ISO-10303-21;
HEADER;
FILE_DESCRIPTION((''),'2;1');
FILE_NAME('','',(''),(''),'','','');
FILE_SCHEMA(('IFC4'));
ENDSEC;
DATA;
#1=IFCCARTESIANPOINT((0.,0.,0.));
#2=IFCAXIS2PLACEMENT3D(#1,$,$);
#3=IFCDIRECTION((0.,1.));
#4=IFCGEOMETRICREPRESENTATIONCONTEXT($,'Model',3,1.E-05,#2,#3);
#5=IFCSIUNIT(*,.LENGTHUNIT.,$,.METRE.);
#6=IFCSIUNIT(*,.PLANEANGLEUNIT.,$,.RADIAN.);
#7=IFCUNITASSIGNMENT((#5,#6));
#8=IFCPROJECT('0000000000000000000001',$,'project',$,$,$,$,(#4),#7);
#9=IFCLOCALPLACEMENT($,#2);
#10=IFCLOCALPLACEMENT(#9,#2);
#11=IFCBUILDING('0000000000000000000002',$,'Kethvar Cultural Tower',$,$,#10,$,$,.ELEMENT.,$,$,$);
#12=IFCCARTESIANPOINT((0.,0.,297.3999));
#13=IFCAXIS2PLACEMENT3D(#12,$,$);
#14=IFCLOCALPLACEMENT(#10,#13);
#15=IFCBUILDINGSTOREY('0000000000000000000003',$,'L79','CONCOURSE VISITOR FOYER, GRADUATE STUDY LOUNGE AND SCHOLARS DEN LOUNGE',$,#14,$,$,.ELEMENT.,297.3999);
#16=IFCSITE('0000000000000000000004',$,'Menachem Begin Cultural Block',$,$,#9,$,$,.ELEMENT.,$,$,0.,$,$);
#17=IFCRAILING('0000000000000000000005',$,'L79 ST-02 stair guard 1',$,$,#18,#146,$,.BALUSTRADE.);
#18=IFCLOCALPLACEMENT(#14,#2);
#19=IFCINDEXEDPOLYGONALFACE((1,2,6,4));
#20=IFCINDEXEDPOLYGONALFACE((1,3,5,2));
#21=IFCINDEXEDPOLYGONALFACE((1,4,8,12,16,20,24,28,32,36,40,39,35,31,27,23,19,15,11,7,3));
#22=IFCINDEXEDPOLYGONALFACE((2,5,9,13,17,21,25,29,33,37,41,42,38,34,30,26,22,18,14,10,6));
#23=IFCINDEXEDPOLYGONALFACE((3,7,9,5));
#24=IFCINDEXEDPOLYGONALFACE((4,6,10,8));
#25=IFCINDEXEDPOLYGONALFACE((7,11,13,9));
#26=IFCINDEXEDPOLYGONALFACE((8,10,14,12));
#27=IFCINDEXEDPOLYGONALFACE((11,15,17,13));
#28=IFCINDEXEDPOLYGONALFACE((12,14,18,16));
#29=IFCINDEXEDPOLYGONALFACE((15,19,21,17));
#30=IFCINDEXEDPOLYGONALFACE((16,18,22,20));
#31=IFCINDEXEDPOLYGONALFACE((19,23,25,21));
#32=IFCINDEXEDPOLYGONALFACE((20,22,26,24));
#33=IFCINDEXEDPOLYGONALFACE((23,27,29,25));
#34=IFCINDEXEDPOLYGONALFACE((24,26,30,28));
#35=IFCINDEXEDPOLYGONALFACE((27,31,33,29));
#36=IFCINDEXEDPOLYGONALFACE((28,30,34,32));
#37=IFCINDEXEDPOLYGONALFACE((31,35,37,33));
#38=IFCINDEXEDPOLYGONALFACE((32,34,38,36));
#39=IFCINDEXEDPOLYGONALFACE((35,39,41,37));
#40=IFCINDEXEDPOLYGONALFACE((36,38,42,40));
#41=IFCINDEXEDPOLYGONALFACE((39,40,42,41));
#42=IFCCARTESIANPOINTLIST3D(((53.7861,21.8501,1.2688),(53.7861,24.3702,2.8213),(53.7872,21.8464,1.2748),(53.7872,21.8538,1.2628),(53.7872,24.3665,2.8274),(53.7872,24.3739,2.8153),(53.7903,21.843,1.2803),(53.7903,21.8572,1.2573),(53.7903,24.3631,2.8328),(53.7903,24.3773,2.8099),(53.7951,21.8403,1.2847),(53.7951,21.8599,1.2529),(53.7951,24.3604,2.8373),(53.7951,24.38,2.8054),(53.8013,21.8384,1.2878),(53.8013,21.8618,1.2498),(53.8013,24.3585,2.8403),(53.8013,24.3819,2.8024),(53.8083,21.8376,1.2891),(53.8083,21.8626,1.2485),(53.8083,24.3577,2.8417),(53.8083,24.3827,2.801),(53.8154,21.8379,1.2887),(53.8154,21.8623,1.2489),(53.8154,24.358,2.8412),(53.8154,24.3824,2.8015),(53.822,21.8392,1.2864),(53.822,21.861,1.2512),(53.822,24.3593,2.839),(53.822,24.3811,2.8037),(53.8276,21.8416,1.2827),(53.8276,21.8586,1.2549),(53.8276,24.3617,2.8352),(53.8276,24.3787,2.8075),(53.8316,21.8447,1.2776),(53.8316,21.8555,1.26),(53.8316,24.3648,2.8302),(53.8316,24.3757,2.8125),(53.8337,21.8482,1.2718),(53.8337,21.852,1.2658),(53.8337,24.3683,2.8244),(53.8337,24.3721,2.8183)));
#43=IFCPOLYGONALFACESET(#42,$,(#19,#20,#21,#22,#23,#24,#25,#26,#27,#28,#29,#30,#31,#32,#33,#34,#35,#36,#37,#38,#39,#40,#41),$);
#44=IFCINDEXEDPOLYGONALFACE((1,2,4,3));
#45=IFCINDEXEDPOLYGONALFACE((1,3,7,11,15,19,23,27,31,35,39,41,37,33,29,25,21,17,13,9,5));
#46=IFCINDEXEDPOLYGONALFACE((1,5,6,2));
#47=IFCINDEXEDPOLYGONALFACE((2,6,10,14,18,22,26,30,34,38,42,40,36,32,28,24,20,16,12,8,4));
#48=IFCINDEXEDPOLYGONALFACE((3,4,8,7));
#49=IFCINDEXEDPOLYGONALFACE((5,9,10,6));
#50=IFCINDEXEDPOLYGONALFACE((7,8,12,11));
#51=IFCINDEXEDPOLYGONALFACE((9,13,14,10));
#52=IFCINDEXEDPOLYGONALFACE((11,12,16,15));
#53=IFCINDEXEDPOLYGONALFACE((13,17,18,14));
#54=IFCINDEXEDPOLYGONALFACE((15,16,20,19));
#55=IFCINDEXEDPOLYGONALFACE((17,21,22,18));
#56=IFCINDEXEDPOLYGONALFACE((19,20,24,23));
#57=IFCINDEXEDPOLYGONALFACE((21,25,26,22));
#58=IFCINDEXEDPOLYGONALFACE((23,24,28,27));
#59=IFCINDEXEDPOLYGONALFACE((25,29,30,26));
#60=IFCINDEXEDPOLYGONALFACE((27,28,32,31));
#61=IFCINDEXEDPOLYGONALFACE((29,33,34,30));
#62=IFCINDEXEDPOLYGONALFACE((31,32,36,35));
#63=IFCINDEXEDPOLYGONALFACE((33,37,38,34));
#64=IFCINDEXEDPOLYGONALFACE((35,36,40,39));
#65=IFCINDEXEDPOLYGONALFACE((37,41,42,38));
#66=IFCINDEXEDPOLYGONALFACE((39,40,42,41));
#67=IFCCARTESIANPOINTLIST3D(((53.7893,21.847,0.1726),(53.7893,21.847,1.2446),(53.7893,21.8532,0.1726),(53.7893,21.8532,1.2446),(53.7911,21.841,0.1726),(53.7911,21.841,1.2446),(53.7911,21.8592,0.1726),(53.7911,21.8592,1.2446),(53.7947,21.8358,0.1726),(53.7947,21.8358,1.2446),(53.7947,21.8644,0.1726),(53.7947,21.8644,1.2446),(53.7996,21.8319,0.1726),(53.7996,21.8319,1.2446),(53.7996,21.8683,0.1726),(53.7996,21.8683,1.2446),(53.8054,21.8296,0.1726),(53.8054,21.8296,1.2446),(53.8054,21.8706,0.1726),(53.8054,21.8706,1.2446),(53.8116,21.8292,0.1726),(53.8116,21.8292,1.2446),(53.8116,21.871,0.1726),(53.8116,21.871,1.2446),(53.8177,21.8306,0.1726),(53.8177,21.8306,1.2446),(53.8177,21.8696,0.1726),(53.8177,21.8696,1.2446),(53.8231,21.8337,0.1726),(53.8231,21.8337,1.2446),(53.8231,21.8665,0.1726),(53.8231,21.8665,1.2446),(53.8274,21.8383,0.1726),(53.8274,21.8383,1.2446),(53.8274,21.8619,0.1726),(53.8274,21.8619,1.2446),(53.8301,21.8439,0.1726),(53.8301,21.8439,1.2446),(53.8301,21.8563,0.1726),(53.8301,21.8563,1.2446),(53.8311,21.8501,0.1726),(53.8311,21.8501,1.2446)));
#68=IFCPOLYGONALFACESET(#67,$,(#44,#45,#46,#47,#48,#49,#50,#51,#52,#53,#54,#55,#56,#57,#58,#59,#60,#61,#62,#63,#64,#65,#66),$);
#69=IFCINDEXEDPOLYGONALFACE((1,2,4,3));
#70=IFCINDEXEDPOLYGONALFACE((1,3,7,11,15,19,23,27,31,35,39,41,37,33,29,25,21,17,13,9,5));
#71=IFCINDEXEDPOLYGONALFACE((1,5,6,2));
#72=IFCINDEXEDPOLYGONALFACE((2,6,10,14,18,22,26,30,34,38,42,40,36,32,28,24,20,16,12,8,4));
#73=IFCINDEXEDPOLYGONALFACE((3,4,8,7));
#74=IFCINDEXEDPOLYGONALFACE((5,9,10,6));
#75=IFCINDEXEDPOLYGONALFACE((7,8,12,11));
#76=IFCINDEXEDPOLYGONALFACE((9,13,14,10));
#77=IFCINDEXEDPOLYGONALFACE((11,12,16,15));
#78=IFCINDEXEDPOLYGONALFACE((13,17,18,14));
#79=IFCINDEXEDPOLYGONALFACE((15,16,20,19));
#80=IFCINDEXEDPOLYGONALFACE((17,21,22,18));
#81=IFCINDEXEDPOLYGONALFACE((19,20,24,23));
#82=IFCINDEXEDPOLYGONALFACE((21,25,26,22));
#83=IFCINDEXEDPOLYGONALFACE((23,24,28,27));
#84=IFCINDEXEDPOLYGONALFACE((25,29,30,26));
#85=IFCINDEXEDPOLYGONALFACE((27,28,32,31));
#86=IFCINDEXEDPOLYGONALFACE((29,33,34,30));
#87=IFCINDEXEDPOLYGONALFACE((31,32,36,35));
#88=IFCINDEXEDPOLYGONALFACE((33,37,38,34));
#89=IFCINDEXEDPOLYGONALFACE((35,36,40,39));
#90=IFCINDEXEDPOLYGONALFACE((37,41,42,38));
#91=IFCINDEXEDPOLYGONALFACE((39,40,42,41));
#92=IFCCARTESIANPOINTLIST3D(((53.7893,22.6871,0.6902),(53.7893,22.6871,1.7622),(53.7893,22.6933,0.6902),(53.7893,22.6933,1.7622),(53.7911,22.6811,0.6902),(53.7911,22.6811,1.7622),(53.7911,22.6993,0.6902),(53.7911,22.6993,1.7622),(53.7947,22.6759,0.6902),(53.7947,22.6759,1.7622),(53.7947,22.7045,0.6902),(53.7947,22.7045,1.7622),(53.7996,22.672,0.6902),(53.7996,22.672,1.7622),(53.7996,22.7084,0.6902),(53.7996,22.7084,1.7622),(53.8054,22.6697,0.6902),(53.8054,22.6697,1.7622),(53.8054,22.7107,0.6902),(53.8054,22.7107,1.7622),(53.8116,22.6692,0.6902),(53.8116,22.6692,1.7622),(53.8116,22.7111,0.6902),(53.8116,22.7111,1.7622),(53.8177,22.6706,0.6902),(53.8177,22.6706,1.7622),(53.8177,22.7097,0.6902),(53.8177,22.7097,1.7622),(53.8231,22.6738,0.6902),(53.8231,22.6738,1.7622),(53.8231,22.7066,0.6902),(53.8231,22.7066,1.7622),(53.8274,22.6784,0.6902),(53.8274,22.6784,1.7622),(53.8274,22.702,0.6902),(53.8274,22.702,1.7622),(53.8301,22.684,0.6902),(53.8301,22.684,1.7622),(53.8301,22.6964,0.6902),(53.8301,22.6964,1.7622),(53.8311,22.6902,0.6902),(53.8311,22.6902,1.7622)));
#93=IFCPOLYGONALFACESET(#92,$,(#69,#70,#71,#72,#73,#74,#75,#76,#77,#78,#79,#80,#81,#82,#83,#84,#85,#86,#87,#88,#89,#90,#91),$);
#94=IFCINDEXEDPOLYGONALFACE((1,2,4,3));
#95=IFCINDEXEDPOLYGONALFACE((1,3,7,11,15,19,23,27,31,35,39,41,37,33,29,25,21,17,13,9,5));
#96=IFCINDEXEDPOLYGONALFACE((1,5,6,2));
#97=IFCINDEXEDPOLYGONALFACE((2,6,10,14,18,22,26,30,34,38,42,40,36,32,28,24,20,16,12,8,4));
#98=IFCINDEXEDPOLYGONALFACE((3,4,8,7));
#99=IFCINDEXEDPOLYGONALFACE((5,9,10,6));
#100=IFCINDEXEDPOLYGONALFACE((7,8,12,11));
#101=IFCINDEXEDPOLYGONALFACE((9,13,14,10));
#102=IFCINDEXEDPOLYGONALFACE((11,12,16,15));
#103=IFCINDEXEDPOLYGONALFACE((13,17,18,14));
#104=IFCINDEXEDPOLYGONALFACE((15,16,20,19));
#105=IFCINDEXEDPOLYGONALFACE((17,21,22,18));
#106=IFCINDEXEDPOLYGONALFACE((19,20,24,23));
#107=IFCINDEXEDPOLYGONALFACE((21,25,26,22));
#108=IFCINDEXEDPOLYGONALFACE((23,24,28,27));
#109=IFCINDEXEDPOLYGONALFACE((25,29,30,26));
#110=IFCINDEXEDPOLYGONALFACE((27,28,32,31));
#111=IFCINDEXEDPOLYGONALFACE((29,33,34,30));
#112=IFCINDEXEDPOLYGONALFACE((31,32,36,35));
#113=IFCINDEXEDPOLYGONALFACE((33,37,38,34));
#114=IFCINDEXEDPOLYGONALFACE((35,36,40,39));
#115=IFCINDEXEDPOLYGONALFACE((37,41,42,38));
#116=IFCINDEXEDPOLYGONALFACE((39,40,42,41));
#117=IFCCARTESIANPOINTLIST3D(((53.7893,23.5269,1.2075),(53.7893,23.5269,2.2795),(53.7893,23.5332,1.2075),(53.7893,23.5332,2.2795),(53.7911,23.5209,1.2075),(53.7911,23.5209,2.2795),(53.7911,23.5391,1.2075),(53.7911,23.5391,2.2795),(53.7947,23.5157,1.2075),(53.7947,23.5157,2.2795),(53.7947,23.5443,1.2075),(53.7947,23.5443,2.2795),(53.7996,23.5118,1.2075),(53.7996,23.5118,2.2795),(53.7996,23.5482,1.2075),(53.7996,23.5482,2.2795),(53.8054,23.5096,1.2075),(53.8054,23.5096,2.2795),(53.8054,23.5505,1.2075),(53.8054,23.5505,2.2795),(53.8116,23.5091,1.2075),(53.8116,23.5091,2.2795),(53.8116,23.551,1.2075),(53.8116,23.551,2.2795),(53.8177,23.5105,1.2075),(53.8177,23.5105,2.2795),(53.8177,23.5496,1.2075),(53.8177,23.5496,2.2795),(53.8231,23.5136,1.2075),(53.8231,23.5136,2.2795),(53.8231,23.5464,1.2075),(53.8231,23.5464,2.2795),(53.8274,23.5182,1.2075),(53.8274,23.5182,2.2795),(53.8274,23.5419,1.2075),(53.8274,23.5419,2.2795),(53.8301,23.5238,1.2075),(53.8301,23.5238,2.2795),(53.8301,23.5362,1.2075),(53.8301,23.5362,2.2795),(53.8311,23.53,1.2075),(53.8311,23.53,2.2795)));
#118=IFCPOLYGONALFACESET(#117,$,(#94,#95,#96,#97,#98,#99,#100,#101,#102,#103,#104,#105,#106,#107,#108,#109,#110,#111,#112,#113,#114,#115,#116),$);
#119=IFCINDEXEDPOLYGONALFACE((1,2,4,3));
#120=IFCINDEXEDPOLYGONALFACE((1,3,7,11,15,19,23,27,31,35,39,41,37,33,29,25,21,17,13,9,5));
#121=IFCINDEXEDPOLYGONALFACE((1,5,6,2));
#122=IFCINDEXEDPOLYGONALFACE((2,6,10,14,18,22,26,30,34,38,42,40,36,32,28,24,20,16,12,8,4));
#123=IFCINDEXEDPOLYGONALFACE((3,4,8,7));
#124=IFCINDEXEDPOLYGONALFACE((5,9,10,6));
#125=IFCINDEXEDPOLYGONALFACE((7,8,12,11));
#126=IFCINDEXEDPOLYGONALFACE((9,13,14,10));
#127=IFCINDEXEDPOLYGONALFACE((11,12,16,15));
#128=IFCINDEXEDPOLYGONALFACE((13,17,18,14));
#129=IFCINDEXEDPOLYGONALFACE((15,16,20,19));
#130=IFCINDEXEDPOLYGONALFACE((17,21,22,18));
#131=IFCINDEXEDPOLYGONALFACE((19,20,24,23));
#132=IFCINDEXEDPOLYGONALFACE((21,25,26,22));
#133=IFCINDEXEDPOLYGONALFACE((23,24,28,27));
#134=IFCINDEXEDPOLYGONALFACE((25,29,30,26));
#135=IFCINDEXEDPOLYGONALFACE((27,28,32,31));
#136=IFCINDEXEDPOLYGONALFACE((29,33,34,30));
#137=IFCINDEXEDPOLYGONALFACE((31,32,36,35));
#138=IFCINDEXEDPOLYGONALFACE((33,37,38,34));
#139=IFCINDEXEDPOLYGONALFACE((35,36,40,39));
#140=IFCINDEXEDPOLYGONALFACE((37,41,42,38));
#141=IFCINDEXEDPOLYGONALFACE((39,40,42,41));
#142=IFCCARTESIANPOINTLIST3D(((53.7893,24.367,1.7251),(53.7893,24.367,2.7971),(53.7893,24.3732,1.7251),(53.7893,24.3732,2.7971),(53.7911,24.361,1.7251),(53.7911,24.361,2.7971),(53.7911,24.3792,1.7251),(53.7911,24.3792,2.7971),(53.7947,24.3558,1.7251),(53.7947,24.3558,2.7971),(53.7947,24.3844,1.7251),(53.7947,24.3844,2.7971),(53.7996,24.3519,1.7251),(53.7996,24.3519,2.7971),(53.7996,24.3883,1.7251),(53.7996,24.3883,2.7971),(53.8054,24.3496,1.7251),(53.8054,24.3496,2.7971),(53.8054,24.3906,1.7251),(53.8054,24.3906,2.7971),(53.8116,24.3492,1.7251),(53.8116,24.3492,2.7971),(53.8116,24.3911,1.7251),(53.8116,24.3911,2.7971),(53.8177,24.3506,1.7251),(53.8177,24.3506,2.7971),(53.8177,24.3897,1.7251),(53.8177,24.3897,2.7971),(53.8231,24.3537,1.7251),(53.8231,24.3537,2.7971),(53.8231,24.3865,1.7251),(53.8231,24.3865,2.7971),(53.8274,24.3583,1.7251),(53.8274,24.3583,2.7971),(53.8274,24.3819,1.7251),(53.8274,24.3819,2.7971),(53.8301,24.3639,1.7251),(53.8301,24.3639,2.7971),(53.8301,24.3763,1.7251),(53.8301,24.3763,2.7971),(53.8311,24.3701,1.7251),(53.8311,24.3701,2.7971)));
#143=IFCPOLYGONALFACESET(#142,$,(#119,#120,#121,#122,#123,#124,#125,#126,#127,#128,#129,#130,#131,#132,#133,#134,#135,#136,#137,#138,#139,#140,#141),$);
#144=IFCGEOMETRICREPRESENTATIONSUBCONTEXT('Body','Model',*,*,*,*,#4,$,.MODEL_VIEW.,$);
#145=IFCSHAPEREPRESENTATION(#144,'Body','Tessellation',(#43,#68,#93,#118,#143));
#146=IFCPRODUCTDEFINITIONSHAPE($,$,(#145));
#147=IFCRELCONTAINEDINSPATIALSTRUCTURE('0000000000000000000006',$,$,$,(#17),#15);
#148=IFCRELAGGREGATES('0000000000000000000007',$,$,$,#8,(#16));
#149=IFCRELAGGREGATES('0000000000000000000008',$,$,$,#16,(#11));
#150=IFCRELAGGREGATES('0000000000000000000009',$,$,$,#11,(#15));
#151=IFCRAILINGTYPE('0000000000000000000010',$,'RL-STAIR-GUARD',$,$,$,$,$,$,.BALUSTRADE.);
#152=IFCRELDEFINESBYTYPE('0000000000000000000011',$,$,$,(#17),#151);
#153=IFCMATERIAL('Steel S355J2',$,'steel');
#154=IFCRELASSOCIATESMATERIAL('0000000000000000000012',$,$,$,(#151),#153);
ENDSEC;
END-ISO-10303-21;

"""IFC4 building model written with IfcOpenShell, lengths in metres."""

from ifc_helpers import new_model, si_unit, direction, frame, origin, origin_2d, place, context, subcontext, project, spatial, circle, extrude, material, type_object, element, save


model = new_model("IFC4")

# Units and contexts
model_context = context("Model", 3, precision=1e-05, world=origin(), true_north=direction((0.0, 1.0)))
body_context = subcontext(model_context, "Body", "Model", "MODEL_VIEW")
ifc_project = project(units=[si_unit("LENGTHUNIT", "METRE"), si_unit("PLANEANGLEUNIT", "RADIAN")], contexts=[model_context])

# Site, building, storey
site_placement = place(None, origin())
site = spatial("IfcSite", under=ifc_project, at=site_placement, Name="Menachem Begin Cultural Block", CompositionType="ELEMENT", RefElevation=0.0)
building_placement = place(site_placement, origin())
building = spatial("IfcBuilding", under=site, at=building_placement, Name="Kethvar Cultural Tower", CompositionType="ELEMENT")
storey_placement = place(building_placement, frame((0.0, 0.0, 297.3999)))
storey = spatial("IfcBuildingStorey", under=building, at=storey_placement, Name="L79", Description="CONCOURSE VISITOR FOYER, GRADUATE STUDY LOUNGE AND SCHOLARS DEN LOUNGE", CompositionType="ELEMENT", Elevation=297.3999)

# Shared definitions
ifc_material_1 = material(Name="Steel S355J2", Category="steel")

# Railing
railing_type_1 = type_object("IfcRailingType", Name="RL-STAIR-GUARD", PredefinedType="BALUSTRADE", material=ifc_material_1)
railing_1_placement = place(storey_placement, frame((53.8101, 21.8501, 0.1726)))
element("IfcRailing", 1, at=railing_1_placement, inside=storey, type_object=railing_type_1, Name="L79 ST-02 stair guard 1", PredefinedType="BALUSTRADE", context=body_context, shape_type="SweptSolid", body=[
    extrude(circle(Radius=0.0239, at=origin_2d()), frame((0.0, 0.0, 1.0962), z_axis=(0.0, 0.8514, 0.524516), x_axis=(-1.0, 0.0, 0.0)), (0.0, 0.0, 1.0), 2.96),
    extrude(circle(Radius=0.021, at=origin_2d()), origin(), (0.0, 0.0, 1.0), 1.072),
    extrude(circle(Radius=0.021, at=origin_2d()), frame((0.0, 0.8401, 0.5176)), (0.0, 0.0, 1.0), 1.072),
    extrude(circle(Radius=0.021, at=origin_2d()), frame((0.0, 1.6799, 1.0349)), (0.0, 0.0, 1.0), 1.072),
    extrude(circle(Radius=0.021, at=origin_2d()), frame((0.0, 2.52, 1.5525)), (0.0, 0.0, 1.0), 1.072),
])

save(model, "model.ifc")
